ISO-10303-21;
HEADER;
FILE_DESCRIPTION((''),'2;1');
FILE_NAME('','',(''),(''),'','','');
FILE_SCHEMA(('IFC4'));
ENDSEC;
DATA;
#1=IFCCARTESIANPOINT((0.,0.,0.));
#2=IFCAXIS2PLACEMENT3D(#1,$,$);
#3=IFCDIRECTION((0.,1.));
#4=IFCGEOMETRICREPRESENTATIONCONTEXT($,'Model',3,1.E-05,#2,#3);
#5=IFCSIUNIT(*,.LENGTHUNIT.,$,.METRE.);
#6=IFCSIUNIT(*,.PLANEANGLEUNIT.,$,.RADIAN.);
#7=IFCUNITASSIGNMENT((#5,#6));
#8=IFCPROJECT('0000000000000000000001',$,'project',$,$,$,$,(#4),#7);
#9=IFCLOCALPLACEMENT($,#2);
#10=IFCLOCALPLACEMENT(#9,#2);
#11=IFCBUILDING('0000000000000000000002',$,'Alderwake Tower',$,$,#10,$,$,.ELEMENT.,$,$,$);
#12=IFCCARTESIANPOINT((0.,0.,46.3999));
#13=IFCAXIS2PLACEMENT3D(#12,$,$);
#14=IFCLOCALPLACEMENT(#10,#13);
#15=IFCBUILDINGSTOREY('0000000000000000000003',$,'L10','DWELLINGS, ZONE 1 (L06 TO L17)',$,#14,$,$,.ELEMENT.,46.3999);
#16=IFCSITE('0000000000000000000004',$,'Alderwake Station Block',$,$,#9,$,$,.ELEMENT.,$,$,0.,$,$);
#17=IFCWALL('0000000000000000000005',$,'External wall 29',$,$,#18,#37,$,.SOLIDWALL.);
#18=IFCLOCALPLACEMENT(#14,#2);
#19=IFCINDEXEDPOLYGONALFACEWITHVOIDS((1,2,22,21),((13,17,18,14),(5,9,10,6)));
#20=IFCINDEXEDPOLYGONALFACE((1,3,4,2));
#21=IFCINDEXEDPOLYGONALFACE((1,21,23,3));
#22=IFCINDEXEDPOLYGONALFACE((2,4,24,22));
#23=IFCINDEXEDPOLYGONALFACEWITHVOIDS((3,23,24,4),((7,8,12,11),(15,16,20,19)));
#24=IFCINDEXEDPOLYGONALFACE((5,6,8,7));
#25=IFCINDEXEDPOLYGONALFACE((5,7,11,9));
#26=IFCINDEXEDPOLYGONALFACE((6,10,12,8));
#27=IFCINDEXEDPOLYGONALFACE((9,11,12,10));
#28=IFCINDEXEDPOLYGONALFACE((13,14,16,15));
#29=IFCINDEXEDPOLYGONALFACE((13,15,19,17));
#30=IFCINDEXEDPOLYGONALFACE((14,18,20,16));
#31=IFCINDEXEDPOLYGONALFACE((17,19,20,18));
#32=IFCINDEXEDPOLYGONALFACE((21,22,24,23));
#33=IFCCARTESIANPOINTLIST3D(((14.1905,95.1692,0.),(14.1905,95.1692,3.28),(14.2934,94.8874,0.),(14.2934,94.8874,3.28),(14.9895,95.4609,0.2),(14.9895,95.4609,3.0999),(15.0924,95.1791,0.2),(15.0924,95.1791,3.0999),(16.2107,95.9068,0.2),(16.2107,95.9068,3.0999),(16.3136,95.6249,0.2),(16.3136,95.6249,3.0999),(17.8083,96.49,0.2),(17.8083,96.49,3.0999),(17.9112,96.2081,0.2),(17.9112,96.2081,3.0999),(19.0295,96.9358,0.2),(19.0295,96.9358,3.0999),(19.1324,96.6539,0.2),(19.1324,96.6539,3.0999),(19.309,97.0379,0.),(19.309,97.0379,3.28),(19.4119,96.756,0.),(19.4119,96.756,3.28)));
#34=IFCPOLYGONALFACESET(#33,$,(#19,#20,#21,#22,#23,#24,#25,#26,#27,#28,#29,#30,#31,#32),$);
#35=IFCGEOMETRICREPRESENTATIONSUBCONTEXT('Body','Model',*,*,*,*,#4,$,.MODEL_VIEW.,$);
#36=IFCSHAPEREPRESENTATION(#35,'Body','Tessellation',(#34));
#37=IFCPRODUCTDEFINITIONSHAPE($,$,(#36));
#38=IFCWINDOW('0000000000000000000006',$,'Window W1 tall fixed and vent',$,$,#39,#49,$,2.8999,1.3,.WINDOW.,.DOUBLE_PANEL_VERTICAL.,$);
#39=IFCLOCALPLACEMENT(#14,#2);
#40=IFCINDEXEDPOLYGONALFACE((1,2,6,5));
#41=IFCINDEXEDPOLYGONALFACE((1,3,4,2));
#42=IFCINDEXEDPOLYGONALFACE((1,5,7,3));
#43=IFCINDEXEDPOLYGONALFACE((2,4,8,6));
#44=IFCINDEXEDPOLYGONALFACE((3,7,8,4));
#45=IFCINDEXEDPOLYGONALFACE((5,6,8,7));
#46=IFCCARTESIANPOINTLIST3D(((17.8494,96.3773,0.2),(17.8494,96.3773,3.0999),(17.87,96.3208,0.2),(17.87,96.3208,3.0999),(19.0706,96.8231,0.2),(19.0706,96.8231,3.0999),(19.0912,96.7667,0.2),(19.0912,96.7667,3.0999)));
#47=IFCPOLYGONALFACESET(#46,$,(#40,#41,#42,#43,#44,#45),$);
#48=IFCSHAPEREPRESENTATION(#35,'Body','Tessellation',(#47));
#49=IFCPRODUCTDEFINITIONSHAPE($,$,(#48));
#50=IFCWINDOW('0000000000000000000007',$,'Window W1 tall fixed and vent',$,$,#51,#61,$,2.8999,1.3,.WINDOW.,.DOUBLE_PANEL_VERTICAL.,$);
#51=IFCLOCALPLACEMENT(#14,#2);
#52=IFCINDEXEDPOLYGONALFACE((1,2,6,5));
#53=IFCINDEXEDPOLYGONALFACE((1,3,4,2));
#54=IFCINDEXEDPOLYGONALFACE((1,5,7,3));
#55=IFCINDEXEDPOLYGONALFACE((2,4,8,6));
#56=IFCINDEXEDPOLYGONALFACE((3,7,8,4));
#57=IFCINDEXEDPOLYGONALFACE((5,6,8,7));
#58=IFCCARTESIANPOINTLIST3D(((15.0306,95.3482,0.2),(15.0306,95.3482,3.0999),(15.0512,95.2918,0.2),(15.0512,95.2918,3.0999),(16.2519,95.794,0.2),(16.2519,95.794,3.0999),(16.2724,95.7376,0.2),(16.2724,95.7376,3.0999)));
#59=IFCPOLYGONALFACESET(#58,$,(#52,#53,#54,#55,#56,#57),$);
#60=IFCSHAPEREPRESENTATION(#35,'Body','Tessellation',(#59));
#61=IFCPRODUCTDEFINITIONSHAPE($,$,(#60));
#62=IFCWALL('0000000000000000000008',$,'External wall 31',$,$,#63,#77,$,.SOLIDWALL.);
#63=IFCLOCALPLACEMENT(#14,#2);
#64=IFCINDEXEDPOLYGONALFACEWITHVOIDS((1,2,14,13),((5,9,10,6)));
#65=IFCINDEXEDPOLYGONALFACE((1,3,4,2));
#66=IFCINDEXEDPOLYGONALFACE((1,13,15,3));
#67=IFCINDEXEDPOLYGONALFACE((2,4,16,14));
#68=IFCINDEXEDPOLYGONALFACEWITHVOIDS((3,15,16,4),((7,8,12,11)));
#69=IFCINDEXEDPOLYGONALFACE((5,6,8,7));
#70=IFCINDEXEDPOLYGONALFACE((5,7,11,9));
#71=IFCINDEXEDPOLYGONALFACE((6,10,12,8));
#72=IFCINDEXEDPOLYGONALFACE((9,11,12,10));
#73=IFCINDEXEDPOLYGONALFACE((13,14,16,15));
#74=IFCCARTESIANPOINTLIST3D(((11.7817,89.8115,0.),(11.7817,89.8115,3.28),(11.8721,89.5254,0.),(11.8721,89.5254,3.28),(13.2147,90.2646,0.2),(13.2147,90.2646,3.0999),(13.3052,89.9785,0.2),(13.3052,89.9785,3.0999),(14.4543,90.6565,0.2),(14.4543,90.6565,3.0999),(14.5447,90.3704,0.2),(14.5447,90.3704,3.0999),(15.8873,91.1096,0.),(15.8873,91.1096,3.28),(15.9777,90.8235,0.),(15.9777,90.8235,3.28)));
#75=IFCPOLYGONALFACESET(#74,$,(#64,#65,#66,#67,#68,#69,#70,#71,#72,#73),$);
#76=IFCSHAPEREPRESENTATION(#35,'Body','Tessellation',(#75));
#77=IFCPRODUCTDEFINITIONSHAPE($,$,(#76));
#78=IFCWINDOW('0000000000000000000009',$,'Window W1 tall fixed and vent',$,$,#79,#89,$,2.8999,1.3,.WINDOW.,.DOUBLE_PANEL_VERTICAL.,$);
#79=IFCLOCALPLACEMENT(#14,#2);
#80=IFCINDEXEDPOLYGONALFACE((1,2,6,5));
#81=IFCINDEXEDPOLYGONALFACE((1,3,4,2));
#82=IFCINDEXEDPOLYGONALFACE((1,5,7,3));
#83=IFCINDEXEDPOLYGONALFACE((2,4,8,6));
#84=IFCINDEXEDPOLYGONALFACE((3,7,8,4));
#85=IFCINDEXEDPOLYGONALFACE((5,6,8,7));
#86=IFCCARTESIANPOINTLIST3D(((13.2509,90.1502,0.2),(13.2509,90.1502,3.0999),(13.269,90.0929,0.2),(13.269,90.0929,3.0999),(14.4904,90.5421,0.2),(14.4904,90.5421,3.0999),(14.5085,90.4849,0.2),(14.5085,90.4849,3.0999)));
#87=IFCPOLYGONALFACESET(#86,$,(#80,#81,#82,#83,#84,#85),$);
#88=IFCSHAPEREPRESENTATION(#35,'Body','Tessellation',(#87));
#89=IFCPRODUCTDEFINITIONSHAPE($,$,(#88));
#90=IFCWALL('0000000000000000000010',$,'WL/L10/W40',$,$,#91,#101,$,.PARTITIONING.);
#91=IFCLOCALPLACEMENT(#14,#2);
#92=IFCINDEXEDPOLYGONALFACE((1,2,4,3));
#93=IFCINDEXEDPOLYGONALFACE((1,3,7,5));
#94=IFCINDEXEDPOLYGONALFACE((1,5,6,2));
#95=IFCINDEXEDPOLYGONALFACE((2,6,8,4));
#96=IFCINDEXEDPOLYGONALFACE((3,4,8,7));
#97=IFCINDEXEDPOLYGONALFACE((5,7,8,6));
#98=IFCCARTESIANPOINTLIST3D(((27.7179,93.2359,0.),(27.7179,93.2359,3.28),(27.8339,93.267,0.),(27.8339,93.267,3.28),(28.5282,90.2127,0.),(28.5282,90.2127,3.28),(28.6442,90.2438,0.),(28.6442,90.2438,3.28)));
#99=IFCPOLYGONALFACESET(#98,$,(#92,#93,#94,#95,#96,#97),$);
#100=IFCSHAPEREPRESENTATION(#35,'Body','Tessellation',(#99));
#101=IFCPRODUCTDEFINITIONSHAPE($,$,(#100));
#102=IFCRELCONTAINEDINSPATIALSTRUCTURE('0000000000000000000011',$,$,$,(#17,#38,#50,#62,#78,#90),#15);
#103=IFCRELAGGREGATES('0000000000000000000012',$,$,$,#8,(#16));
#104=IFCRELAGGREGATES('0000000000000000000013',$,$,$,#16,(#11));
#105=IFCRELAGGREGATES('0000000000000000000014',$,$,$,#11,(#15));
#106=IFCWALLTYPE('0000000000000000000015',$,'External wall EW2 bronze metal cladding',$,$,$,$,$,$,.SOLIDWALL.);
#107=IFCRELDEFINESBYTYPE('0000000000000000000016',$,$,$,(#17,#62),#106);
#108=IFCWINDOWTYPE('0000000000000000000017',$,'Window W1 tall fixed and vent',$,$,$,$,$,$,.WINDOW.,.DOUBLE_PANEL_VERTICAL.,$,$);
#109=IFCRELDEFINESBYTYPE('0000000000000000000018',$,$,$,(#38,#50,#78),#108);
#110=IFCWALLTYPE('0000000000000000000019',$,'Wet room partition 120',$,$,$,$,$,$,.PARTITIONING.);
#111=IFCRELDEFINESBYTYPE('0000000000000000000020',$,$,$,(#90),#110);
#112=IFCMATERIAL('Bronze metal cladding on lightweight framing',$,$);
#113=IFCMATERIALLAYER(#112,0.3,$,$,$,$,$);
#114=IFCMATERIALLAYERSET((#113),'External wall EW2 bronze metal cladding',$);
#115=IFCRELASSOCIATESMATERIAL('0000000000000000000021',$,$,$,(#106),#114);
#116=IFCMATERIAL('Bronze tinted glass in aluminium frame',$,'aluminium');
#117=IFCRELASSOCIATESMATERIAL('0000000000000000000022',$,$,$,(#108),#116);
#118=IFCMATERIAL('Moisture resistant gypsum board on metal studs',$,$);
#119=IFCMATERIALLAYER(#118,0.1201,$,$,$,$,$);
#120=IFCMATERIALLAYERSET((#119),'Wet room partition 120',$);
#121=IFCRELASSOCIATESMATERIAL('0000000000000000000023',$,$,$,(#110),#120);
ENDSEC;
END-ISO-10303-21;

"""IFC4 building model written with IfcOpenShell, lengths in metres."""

from ifc_helpers import new_model, si_unit, direction, frame, frame_2d, origin, place, context, subcontext, project, spatial, rectangle, extrude, material, layer, layer_set, type_object, element, fill, save


model = new_model("IFC4")

# Units and contexts
model_context = context("Model", 3, precision=1e-05, world=origin(), true_north=direction((0.0, 1.0)))
body_context = subcontext(model_context, "Body", "Model", "MODEL_VIEW")
ifc_project = project(units=[si_unit("LENGTHUNIT", "METRE"), si_unit("PLANEANGLEUNIT", "RADIAN")], contexts=[model_context])

# Site, building, storey
site_placement = place(None, origin())
site = spatial("IfcSite", under=ifc_project, at=site_placement, Name="Alderwake Station Block", CompositionType="ELEMENT", RefElevation=0.0)
building_placement = place(site_placement, origin())
building = spatial("IfcBuilding", under=site, at=building_placement, Name="Alderwake Tower", CompositionType="ELEMENT")
storey_placement = place(building_placement, frame((0.0, 0.0, 46.3999)))
storey = spatial("IfcBuildingStorey", under=building, at=storey_placement, Name="L10", Description="DWELLINGS, ZONE 1 (L06 TO L17)", CompositionType="ELEMENT", Elevation=46.3999)

# Wall, openings, windows
ifc_material_1 = material(Name="Bronze metal cladding on lightweight framing")
ifc_layer_1 = layer(ifc_material_1, 0.3)
ifc_layer_set_1 = layer_set([ifc_layer_1], Name="External wall EW2 bronze metal cladding")
wall_type_1 = type_object("IfcWallType", Name="External wall EW2 bronze metal cladding", PredefinedType="SOLIDWALL", material=ifc_layer_set_1)
ifc_material_2 = material(Name="Bronze tinted glass in aluminium frame", Category="aluminium")
window_type = type_object("IfcWindowType", Name="Window W1 tall fixed and vent", PartitioningType="DOUBLE_PANEL_VERTICAL", PredefinedType="WINDOW", material=ifc_material_2)
wall_1_placement = place(storey_placement, frame((19.3606, 96.897, 0.0), z_axis=(0.0, 0.0, 1.0), x_axis=(-0.939361, -0.34293, 0.0)))
wall_1 = element("IfcWall", 1, at=wall_1_placement, inside=storey, type_object=wall_type_1, Name="External wall 29", PredefinedType="SOLIDWALL", context=body_context, shape_type="SweptSolid", body=[
    extrude(rectangle(XDim=5.449, YDim=0.3, at=frame_2d((2.7246, 0.0))), origin(), (0.0, 0.0, 1.0), 3.28),
])
opening_1_placement = place(wall_1_placement, frame((0.2979, 0.0, 0.2)))
opening_1 = element("IfcOpeningElement", 2, at=opening_1_placement, cuts=wall_1, PredefinedType="OPENING", context=body_context, shape_type="SweptSolid", body=[
    extrude(rectangle(XDim=1.3, YDim=2.8999, at=frame_2d((0.6499, 1.45))), frame((0.0, 0.1599, 0.0), z_axis=(0.0, -1.0, 0.0), x_axis=(1.0, 0.0, 0.0)), (0.0, 0.0, 1.0), 0.3201),
])
opening_2_placement = place(wall_1_placement, frame((3.2986, 0.0, 0.2)))
opening_2 = element("IfcOpeningElement", 3, at=opening_2_placement, cuts=wall_1, PredefinedType="OPENING", context=body_context, shape_type="SweptSolid", body=[
    extrude(rectangle(XDim=1.3, YDim=2.8999, at=frame_2d((0.6499, 1.45))), frame((0.0, 0.1599, 0.0), z_axis=(0.0, -1.0, 0.0), x_axis=(1.0, 0.0, 0.0)), (0.0, 0.0, 1.0), 0.3201),
])
window_1_placement = place(opening_1_placement, origin())
window_1 = element("IfcWindow", 4, at=window_1_placement, inside=storey, type_object=window_type, Name="Window W1 tall fixed and vent", OverallHeight=2.8999, OverallWidth=1.3, PartitioningType="DOUBLE_PANEL_VERTICAL", PredefinedType="WINDOW", context=body_context, shape_type="SweptSolid", body=[
    extrude(rectangle(XDim=1.3, YDim=2.8999, at=frame_2d((0.6499, 1.45))), frame((0.0, 0.03, 0.0), z_axis=(0.0, -1.0, 0.0), x_axis=(1.0, 0.0, 0.0)), (0.0, 0.0, 1.0), 0.0601),
])
fill(opening_1, window_1)
window_2_placement = place(opening_2_placement, origin())
window_2 = element("IfcWindow", 5, at=window_2_placement, inside=storey, type_object=window_type, Name="Window W1 tall fixed and vent", OverallHeight=2.8999, OverallWidth=1.3, PartitioningType="DOUBLE_PANEL_VERTICAL", PredefinedType="WINDOW", context=body_context, shape_type="SweptSolid", body=[
    extrude(rectangle(XDim=1.3, YDim=2.8999, at=frame_2d((0.6499, 1.45))), frame((0.0, 0.03, 0.0), z_axis=(0.0, -1.0, 0.0), x_axis=(1.0, 0.0, 0.0)), (0.0, 0.0, 1.0), 0.0601),
])
fill(opening_2, window_2)

# Wall, opening, window
wall_2_placement = place(storey_placement, frame((15.9324, 90.9666, 0.0), z_axis=(0.0, 0.0, 1.0), x_axis=(-0.953474, -0.301476, 0.0)))
wall_2 = element("IfcWall", 6, at=wall_2_placement, inside=storey, type_object=wall_type_1, Name="External wall 31", PredefinedType="SOLIDWALL", context=body_context, shape_type="SweptSolid", body=[
    extrude(rectangle(XDim=4.3059, YDim=0.3, at=frame_2d((2.1528, 0.0))), origin(), (0.0, 0.0, 1.0), 3.28),
])
opening_3_placement = place(wall_2_placement, frame((1.5029, 0.0, 0.2)))
opening_3 = element("IfcOpeningElement", 7, at=opening_3_placement, cuts=wall_2, PredefinedType="OPENING", context=body_context, shape_type="SweptSolid", body=[
    extrude(rectangle(XDim=1.3, YDim=2.8999, at=frame_2d((0.6499, 1.45))), frame((0.0, 0.1599, 0.0), z_axis=(0.0, -1.0, 0.0), x_axis=(1.0, 0.0, 0.0)), (0.0, 0.0, 1.0), 0.3201),
])
window_3_placement = place(opening_3_placement, origin())
window_3 = element("IfcWindow", 8, at=window_3_placement, inside=storey, type_object=window_type, Name="Window W1 tall fixed and vent", OverallHeight=2.8999, OverallWidth=1.3, PartitioningType="DOUBLE_PANEL_VERTICAL", PredefinedType="WINDOW", context=body_context, shape_type="SweptSolid", body=[
    extrude(rectangle(XDim=1.3, YDim=2.8999, at=frame_2d((0.6499, 1.45))), frame((0.0, 0.03, 0.0), z_axis=(0.0, -1.0, 0.0), x_axis=(1.0, 0.0, 0.0)), (0.0, 0.0, 1.0), 0.0601),
])
fill(opening_3, window_3)

# Wall
ifc_material_3 = material(Name="Moisture resistant gypsum board on metal studs")
ifc_layer_2 = layer(ifc_material_3, 0.1201)
ifc_layer_set_2 = layer_set([ifc_layer_2], Name="Wet room partition 120")
wall_type_2 = type_object("IfcWallType", Name="Wet room partition 120", PredefinedType="PARTITIONING", material=ifc_layer_set_2)
wall_3_placement = place(storey_placement, frame((27.7759, 93.2515, 0.0), z_axis=(0.0, 0.0, 1.0), x_axis=(0.258891, -0.965907, 0.0)))
element("IfcWall", 9, at=wall_3_placement, inside=storey, type_object=wall_type_2, Name="WL/L10/W40", PredefinedType="PARTITIONING", context=body_context, shape_type="SweptSolid", body=[
    extrude(rectangle(XDim=3.1299, YDim=0.1201, at=frame_2d((1.5649, 0.0))), origin(), (0.0, 0.0, 1.0), 3.28),
])

save(model, "model.ifc")
